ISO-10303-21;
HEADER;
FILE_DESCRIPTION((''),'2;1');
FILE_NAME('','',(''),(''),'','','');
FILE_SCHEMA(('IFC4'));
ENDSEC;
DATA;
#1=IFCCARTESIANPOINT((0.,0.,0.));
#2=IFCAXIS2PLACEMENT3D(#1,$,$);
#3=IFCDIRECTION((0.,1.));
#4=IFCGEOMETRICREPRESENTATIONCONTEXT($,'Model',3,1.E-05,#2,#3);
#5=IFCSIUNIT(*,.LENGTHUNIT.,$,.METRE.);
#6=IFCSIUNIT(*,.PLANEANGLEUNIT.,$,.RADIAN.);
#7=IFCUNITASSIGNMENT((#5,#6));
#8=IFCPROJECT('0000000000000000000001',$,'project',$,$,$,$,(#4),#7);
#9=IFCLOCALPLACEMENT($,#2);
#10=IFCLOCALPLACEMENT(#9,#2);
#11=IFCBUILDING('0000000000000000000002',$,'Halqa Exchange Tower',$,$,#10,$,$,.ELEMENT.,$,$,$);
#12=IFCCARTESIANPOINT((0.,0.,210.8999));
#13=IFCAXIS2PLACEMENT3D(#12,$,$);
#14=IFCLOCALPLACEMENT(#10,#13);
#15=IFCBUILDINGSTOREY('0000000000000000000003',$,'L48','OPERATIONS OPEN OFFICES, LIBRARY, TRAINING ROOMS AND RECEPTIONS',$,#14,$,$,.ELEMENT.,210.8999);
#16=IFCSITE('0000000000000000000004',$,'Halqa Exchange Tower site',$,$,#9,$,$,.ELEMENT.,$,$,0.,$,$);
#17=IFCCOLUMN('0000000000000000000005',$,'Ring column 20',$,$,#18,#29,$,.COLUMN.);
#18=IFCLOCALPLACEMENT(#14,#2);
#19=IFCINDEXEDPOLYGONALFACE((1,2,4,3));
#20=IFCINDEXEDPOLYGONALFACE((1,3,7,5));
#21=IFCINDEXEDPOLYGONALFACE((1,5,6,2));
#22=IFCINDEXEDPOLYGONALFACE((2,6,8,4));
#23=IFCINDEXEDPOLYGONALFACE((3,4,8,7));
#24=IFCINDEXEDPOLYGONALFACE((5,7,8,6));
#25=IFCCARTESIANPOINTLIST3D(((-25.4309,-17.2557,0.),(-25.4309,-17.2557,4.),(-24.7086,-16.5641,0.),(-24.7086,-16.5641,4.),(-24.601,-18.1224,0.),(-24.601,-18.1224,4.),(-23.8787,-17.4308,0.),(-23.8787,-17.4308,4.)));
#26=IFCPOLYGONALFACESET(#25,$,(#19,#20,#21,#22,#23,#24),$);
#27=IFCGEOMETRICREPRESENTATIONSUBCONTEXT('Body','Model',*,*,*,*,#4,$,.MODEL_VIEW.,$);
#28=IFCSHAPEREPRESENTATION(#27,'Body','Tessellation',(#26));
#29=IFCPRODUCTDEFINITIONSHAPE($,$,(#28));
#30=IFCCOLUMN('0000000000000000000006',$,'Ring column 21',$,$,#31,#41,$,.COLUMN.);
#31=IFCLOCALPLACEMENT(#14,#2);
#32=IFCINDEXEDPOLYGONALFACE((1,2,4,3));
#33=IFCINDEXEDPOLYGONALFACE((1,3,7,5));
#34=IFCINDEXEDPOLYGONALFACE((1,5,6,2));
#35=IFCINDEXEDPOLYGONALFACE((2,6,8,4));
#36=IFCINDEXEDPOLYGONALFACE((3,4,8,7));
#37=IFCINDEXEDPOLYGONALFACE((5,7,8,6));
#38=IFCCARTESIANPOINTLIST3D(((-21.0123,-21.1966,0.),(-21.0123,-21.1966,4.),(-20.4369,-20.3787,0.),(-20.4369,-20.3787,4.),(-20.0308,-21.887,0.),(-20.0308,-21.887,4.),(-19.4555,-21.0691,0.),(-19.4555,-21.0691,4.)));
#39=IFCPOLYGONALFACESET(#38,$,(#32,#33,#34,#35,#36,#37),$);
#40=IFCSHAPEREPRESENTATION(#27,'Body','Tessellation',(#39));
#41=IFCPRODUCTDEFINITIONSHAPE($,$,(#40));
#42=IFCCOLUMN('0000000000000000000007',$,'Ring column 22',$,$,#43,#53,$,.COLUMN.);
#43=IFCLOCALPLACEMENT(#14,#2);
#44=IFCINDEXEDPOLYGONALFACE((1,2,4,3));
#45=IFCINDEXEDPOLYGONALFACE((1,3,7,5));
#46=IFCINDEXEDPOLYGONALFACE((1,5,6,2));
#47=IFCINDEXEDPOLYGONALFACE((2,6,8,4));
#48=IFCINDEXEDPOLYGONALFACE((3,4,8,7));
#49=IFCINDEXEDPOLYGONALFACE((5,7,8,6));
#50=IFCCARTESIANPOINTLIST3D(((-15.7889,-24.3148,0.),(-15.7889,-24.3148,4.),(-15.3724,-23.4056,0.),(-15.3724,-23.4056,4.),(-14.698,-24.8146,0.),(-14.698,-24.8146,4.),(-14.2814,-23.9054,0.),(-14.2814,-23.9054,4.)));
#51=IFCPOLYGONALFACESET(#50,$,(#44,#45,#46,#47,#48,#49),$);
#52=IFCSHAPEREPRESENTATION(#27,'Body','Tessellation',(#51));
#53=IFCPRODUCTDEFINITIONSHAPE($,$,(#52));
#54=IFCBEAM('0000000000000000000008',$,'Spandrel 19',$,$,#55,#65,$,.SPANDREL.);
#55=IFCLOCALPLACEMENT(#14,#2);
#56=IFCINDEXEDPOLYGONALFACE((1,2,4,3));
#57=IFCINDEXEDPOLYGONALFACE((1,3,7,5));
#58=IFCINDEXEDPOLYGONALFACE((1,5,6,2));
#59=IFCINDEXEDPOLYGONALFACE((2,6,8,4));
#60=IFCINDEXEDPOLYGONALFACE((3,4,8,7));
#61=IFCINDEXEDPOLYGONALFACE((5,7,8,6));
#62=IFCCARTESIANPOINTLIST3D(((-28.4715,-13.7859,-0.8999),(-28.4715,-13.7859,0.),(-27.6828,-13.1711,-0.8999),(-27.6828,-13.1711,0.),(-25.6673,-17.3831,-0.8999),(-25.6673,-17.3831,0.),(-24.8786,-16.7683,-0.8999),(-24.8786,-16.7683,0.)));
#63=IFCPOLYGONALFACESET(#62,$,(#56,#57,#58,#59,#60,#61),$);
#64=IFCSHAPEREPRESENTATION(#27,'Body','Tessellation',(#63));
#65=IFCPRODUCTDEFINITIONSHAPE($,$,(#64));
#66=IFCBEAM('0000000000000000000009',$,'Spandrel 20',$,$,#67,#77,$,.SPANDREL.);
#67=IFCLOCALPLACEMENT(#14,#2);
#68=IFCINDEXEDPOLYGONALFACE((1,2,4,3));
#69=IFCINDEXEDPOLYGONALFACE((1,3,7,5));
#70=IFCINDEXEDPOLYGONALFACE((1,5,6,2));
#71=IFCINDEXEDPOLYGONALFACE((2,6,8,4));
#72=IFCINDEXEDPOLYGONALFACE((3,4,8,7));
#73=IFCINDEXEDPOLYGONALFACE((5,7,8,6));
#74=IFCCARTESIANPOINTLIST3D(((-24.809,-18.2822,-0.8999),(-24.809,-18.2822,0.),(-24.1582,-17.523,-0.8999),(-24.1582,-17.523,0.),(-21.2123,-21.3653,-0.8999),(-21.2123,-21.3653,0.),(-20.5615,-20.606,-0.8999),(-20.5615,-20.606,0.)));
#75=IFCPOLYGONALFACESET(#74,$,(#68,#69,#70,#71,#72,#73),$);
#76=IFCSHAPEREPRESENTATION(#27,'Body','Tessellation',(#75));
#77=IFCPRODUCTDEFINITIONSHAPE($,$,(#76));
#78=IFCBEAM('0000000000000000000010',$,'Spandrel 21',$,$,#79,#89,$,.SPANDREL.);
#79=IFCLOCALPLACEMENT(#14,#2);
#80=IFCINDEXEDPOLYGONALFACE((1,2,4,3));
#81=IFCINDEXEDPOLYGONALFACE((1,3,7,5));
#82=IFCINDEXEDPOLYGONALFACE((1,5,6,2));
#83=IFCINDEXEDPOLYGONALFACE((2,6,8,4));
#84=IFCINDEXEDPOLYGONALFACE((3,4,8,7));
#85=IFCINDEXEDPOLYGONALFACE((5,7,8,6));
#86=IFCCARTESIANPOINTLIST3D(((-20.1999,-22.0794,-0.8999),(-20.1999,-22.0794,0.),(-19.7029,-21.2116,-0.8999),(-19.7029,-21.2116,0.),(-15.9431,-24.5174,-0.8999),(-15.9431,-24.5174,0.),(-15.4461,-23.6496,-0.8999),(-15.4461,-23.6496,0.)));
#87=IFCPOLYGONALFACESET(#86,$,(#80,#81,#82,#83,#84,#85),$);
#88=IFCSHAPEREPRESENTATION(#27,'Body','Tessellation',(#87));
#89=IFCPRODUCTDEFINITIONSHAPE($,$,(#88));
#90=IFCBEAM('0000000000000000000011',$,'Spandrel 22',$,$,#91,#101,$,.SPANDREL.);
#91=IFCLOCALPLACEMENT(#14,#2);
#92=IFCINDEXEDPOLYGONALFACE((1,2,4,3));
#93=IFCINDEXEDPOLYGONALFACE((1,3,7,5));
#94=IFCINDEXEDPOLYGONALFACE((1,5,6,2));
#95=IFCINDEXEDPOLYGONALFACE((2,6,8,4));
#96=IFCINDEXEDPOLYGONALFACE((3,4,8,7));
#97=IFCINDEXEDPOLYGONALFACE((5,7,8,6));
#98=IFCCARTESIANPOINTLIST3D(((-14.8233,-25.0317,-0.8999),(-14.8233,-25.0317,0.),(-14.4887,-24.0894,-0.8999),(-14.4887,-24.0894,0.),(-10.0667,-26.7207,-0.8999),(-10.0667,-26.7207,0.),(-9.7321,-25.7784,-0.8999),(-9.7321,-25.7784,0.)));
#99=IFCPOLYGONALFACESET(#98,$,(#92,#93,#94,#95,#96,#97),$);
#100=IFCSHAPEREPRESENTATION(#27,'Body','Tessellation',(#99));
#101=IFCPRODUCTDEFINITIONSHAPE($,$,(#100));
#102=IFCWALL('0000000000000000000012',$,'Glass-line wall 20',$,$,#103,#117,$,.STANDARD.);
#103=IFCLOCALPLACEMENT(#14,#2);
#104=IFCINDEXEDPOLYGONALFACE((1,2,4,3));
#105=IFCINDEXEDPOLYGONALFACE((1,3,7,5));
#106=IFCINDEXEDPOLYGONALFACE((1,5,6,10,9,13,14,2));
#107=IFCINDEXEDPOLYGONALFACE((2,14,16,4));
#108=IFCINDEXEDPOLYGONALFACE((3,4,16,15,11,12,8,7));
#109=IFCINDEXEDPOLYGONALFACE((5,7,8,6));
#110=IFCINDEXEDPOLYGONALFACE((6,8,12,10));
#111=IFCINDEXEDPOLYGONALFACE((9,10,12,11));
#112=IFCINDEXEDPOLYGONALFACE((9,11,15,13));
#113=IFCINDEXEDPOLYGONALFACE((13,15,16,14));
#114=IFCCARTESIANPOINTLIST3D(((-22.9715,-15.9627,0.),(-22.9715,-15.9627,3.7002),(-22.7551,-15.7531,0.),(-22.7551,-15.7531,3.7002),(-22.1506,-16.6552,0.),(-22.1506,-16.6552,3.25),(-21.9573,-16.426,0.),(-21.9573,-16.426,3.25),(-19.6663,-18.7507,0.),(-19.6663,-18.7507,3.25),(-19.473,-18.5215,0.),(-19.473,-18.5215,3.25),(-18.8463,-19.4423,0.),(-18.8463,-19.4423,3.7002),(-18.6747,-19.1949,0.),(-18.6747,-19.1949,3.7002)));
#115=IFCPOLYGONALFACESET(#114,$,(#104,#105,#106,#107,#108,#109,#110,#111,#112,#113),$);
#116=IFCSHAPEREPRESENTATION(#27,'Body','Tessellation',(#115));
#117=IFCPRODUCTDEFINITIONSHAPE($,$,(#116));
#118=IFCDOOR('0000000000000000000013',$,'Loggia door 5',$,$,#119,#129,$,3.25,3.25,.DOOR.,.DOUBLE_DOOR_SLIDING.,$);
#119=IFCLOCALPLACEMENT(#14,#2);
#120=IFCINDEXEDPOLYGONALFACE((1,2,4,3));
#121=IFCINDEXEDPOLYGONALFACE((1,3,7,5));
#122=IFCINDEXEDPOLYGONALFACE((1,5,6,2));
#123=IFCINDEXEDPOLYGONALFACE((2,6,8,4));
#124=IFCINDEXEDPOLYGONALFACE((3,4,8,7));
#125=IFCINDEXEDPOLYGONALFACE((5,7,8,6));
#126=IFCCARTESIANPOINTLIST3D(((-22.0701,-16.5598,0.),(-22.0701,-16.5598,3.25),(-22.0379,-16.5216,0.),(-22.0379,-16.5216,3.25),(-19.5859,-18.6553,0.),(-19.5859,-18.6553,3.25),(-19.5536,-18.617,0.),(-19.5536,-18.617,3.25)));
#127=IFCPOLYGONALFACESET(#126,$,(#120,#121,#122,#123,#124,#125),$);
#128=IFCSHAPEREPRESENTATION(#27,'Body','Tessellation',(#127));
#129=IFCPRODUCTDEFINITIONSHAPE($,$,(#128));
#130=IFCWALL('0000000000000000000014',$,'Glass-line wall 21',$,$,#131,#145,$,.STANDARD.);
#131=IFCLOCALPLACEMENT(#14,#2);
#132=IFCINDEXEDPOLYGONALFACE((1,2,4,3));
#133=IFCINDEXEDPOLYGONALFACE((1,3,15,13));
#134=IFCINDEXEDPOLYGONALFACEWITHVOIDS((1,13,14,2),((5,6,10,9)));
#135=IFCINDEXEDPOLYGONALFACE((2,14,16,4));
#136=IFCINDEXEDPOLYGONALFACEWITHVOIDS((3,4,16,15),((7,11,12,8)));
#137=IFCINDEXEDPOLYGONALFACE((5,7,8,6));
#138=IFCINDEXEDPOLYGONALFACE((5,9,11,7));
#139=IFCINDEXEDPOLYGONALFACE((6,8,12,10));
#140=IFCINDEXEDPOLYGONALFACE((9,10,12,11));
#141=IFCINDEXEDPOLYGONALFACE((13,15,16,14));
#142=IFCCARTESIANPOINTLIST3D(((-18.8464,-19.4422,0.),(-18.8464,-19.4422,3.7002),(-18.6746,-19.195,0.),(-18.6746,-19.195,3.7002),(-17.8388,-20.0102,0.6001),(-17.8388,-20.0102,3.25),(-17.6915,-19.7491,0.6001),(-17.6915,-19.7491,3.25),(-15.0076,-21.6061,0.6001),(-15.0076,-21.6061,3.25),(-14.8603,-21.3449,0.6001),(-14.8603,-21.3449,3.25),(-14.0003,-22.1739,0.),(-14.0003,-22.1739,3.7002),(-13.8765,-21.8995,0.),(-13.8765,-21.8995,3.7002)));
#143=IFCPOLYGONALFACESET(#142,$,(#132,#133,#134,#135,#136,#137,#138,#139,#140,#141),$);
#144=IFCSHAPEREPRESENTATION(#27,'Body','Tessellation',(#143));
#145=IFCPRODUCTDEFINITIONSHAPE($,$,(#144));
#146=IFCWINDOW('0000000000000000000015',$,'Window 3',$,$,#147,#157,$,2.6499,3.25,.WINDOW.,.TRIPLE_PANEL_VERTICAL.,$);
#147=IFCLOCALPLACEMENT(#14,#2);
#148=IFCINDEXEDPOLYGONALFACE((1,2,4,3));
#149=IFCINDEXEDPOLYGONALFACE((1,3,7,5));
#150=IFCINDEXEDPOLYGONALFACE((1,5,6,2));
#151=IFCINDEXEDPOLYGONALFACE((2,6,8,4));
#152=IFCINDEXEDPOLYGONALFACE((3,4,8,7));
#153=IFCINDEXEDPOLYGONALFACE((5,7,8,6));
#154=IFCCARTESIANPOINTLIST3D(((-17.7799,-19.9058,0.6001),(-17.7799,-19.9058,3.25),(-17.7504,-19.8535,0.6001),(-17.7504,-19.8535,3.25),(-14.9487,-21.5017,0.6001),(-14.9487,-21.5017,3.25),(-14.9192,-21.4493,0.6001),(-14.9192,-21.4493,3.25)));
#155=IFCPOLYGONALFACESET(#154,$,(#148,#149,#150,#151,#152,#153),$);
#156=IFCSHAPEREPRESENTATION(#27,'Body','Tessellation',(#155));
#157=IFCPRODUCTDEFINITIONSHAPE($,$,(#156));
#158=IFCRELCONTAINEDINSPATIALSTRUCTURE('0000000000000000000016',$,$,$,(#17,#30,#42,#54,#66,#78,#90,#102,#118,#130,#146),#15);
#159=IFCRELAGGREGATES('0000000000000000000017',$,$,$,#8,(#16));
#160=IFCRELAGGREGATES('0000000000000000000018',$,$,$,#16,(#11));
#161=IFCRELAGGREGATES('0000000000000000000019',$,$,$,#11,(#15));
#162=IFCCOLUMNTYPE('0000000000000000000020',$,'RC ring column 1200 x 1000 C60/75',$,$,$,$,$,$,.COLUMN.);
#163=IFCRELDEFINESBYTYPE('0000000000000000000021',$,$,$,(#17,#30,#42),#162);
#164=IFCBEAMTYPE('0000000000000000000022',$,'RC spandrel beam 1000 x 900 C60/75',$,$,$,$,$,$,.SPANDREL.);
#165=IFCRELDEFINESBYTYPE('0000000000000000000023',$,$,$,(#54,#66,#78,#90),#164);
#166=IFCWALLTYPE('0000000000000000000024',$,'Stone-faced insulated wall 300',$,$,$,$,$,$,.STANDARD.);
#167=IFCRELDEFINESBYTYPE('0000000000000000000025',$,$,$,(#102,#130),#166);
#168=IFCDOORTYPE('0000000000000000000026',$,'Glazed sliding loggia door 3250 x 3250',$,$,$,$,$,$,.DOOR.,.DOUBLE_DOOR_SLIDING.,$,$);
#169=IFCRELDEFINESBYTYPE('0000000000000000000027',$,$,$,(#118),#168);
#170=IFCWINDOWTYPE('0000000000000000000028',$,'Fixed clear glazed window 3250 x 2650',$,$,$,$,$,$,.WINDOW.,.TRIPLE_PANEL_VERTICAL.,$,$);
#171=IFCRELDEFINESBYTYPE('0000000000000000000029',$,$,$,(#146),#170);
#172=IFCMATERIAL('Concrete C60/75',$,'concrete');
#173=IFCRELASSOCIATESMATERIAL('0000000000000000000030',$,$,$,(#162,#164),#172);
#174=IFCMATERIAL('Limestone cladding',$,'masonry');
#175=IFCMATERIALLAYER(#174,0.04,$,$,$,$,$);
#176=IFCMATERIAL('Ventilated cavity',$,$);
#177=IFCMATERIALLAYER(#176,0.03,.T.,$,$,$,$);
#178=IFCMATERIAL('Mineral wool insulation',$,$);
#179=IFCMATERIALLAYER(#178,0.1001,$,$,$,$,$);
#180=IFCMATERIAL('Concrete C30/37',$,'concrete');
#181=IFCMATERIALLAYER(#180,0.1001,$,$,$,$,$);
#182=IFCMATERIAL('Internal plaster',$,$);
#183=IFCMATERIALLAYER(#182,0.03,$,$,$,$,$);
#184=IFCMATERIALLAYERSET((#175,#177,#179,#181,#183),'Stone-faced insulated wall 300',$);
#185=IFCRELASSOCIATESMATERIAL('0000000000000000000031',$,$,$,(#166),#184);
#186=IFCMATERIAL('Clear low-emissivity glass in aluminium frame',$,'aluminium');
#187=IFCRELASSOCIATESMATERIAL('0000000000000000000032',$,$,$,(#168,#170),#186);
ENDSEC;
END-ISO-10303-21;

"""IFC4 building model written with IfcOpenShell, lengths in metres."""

from ifc_helpers import new_model, si_unit, direction, frame, frame_2d, origin, origin_2d, place, context, subcontext, project, spatial, polyline, rectangle, outline, extrude, material, layer, layer_set, material_profile, profile_set, type_object, element, fill, save


model = new_model("IFC4")

# Units and contexts
model_context = context("Model", 3, precision=1e-05, world=origin(), true_north=direction((0.0, 1.0)))
body_context = subcontext(model_context, "Body", "Model", "MODEL_VIEW")
ifc_project = project(units=[si_unit("LENGTHUNIT", "METRE"), si_unit("PLANEANGLEUNIT", "RADIAN")], contexts=[model_context])

# Site, building, storey
site_placement = place(None, origin())
site = spatial("IfcSite", under=ifc_project, at=site_placement, Name="Halqa Exchange Tower site", CompositionType="ELEMENT", RefElevation=0.0)
building_placement = place(site_placement, origin())
building = spatial("IfcBuilding", under=site, at=building_placement, Name="Halqa Exchange Tower", CompositionType="ELEMENT")
storey_placement = place(building_placement, frame((0.0, 0.0, 210.8999)))
storey = spatial("IfcBuildingStorey", under=building, at=storey_placement, Name="L48", Description="OPERATIONS OPEN OFFICES, LIBRARY, TRAINING ROOMS AND RECEPTIONS", CompositionType="ELEMENT", Elevation=210.8999)

# Columns
ifc_material_1 = material(Name="Concrete C60/75", Category="concrete")
ifc_material_profile_1 = material_profile(ifc_material_1, rectangle(XDim=1.2, YDim=1.0, at=origin_2d()), Name="1200 x 1000")
ifc_profile_set_1 = profile_set([ifc_material_profile_1], Name="Concrete C60/75")
column_type = type_object("IfcColumnType", Name="RC ring column 1200 x 1000 C60/75", PredefinedType="COLUMN", material=ifc_profile_set_1)
for number, where, z_axis, x_axis, name in (
    (1, (-24.6548, -17.3433, 0.0), (0.0, 0.0, 1.0), (0.691575, -0.722305, 0.0), "Ring column 20"),
    (2, (-20.2339, -21.1328, 0.0), (0.0, 0.0, 1.0), (0.817906, -0.575352, 0.0), "Ring column 21"),
    (3, (-15.0352, -24.1101, 0.0), (0.0, 0.0, 1.0), (0.909129, -0.416514, 0.0), "Ring column 22"),
):
    element("IfcColumn", number, at=place(storey_placement, frame(where, z_axis=z_axis, x_axis=x_axis)), inside=storey, type_object=column_type, Name=name, PredefinedType="COLUMN", context=body_context, shape_type="SweptSolid", body=[
        extrude(rectangle(XDim=1.2, YDim=1.0, at=origin_2d()), origin(), (0.0, 0.0, 1.0), 4.0),
    ])

# Beams
ifc_material_profile_2 = material_profile(ifc_material_1, rectangle(XDim=1.0, YDim=0.8999, at=origin_2d()), Name="1000 x 900")
ifc_profile_set_2 = profile_set([ifc_material_profile_2], Name="Concrete C60/75")
beam_type = type_object("IfcBeamType", Name="RC spandrel beam 1000 x 900 C60/75", PredefinedType="SPANDREL", material=ifc_profile_set_2)
beam_1_placement = place(storey_placement, frame((-28.0771, -13.4785, -0.45), z_axis=(0.614815, -0.788672, 0.0), x_axis=(0.788672, 0.614815, 0.0)))
element("IfcBeam", 4, at=beam_1_placement, inside=storey, type_object=beam_type, Name="Spandrel 19", PredefinedType="SPANDREL", context=body_context, shape_type="SweptSolid", body=[
    extrude(rectangle(XDim=1.0, YDim=0.8999, at=origin_2d()), origin(), (0.0, 0.0, 1.0), 4.561),
])
beam_2_placement = place(storey_placement, frame((-24.4836, -17.9026, -0.45), z_axis=(0.759242, -0.650808, 0.0), x_axis=(0.650808, 0.759242, 0.0)))
element("IfcBeam", 5, at=beam_2_placement, inside=storey, type_object=beam_type, Name="Spandrel 20", PredefinedType="SPANDREL", context=body_context, shape_type="SweptSolid", body=[
    extrude(rectangle(XDim=1.0, YDim=0.8999, at=origin_2d()), origin(), (0.0, 0.0, 1.0), 4.7373),
])
beam_3_placement = place(storey_placement, frame((-19.9514, -21.6455, -0.45), z_axis=(0.867759, -0.496986, 0.0), x_axis=(0.496986, 0.867759, 0.0)))
element("IfcBeam", 6, at=beam_3_placement, inside=storey, type_object=beam_type, Name="Spandrel 21", PredefinedType="SPANDREL", context=body_context, shape_type="SweptSolid", body=[
    extrude(rectangle(XDim=1.0, YDim=0.8999, at=origin_2d()), origin(), (0.0, 0.0, 1.0), 4.9055),
])
beam_4_placement = place(storey_placement, frame((-14.656, -24.5605, -0.45), z_axis=(0.942356, -0.334611, 0.0), x_axis=(0.334611, 0.942356, 0.0)))
element("IfcBeam", 7, at=beam_4_placement, inside=storey, type_object=beam_type, Name="Spandrel 22", PredefinedType="SPANDREL", context=body_context, shape_type="SweptSolid", body=[
    extrude(rectangle(XDim=1.0, YDim=0.8999, at=origin_2d()), origin(), (0.0, 0.0, 1.0), 5.0476),
])

# Wall, opening, door
ifc_material_2 = material(Name="Limestone cladding", Category="masonry")
ifc_layer_1 = layer(ifc_material_2, 0.04)
ifc_material_3 = material(Name="Ventilated cavity")
ifc_layer_2 = layer(ifc_material_3, 0.03, ventilated=True)
ifc_material_4 = material(Name="Mineral wool insulation")
ifc_layer_3 = layer(ifc_material_4, 0.1001)
ifc_material_5 = material(Name="Concrete C30/37", Category="concrete")
ifc_layer_4 = layer(ifc_material_5, 0.1001)
ifc_material_6 = material(Name="Internal plaster")
ifc_layer_5 = layer(ifc_material_6, 0.03)
ifc_layer_set_1 = layer_set([ifc_layer_1, ifc_layer_2, ifc_layer_3, ifc_layer_4, ifc_layer_5], Name="Stone-faced insulated wall 300")
wall_type_1 = type_object("IfcWallType", Name="Stone-faced insulated wall 300", PredefinedType="STANDARD", material=ifc_layer_set_1)
wall_1_placement = place(storey_placement, frame((-22.8633, -15.8579, 0.0), z_axis=(0.0, 0.0, 1.0), x_axis=(0.764386, -0.644759, 0.0)))
wall_1 = element("IfcWall", 8, at=wall_1_placement, inside=storey, type_object=wall_type_1, Name="Glass-line wall 20", PredefinedType="STANDARD", context=body_context, shape_type="SweptSolid", body=[
    extrude(outline(polyline([(-0.0151, -0.1499), (5.3816, -0.1499), (5.3533, 0.1499), (0.0151, 0.1499), (-0.0151, -0.1499)])), origin(), (0.0, 0.0, 1.0), 3.7002),
])
opening_1_placement = place(wall_1_placement, frame((1.0588, 0.0, 0.0)))
opening_1 = element("IfcOpeningElement", 9, at=opening_1_placement, cuts=wall_1, PredefinedType="OPENING", context=body_context, shape_type="SweptSolid", body=[
    extrude(rectangle(XDim=3.25, YDim=3.25, at=frame_2d((1.625, 1.625))), frame((0.0, 0.1621, 0.0), z_axis=(0.0, -1.0, 0.0), x_axis=(1.0, 0.0, 0.0)), (0.0, 0.0, 1.0), 0.324),
])
ifc_material_7 = material(Name="Clear low-emissivity glass in aluminium frame", Category="aluminium")
door_type_1 = type_object("IfcDoorType", Name="Glazed sliding loggia door 3250 x 3250", OperationType="DOUBLE_DOOR_SLIDING", PredefinedType="DOOR", material=ifc_material_7)
door_1_placement = place(opening_1_placement, origin())
door_1 = element("IfcDoor", 10, at=door_1_placement, inside=storey, type_object=door_type_1, Name="Loggia door 5", OperationType="DOUBLE_DOOR_SLIDING", OverallHeight=3.25, OverallWidth=3.25, PredefinedType="DOOR", context=body_context, shape_type="SweptSolid", body=[
    extrude(rectangle(XDim=3.25, YDim=3.25, at=frame_2d((1.625, 1.625))), frame((0.0, 0.0249, 0.0), z_axis=(0.0, -1.0, 0.0), x_axis=(1.0, 0.0, 0.0)), (0.0, 0.0, 1.0), 0.05),
])
fill(opening_1, door_1)

# Wall, opening, window
wall_2_placement = place(storey_placement, frame((-18.7605, -19.3186, 0.0), z_axis=(0.0, 0.0, 1.0), x_axis=(0.871141, -0.491034, 0.0)))
wall_2 = element("IfcWall", 11, at=wall_2_placement, inside=storey, type_object=wall_type_1, Name="Glass-line wall 21", PredefinedType="STANDARD", context=body_context, shape_type="SweptSolid", body=[
    extrude(outline(polyline([(-0.0142, -0.1499), (5.5488, -0.1499), (5.522, 0.1499), (0.0142, 0.1499), (-0.0142, -0.1499)])), origin(), (0.0, 0.0, 1.0), 3.7002),
])
opening_2_placement = place(wall_2_placement, frame((1.1426, 0.0, 0.6001)))
opening_2 = element("IfcOpeningElement", 12, at=opening_2_placement, cuts=wall_2, PredefinedType="OPENING", context=body_context, shape_type="SweptSolid", body=[
    extrude(rectangle(XDim=3.25, YDim=2.6499, at=frame_2d((1.625, 1.325))), frame((0.0, 0.1621, 0.0), z_axis=(0.0, -1.0, 0.0), x_axis=(1.0, 0.0, 0.0)), (0.0, 0.0, 1.0), 0.324),
])
window_type = type_object("IfcWindowType", Name="Fixed clear glazed window 3250 x 2650", PartitioningType="TRIPLE_PANEL_VERTICAL", PredefinedType="WINDOW", material=ifc_material_7)
window_1_placement = place(opening_2_placement, origin())
window_1 = element("IfcWindow", 13, at=window_1_placement, inside=storey, type_object=window_type, Name="Window 3", OverallHeight=2.6499, OverallWidth=3.25, PartitioningType="TRIPLE_PANEL_VERTICAL", PredefinedType="WINDOW", context=body_context, shape_type="SweptSolid", body=[
    extrude(rectangle(XDim=3.25, YDim=2.6499, at=frame_2d((1.625, 1.325))), frame((0.0, 0.03, 0.0), z_axis=(0.0, -1.0, 0.0), x_axis=(1.0, 0.0, 0.0)), (0.0, 0.0, 1.0), 0.0601),
])
fill(opening_2, window_1)

save(model, "model.ifc")
